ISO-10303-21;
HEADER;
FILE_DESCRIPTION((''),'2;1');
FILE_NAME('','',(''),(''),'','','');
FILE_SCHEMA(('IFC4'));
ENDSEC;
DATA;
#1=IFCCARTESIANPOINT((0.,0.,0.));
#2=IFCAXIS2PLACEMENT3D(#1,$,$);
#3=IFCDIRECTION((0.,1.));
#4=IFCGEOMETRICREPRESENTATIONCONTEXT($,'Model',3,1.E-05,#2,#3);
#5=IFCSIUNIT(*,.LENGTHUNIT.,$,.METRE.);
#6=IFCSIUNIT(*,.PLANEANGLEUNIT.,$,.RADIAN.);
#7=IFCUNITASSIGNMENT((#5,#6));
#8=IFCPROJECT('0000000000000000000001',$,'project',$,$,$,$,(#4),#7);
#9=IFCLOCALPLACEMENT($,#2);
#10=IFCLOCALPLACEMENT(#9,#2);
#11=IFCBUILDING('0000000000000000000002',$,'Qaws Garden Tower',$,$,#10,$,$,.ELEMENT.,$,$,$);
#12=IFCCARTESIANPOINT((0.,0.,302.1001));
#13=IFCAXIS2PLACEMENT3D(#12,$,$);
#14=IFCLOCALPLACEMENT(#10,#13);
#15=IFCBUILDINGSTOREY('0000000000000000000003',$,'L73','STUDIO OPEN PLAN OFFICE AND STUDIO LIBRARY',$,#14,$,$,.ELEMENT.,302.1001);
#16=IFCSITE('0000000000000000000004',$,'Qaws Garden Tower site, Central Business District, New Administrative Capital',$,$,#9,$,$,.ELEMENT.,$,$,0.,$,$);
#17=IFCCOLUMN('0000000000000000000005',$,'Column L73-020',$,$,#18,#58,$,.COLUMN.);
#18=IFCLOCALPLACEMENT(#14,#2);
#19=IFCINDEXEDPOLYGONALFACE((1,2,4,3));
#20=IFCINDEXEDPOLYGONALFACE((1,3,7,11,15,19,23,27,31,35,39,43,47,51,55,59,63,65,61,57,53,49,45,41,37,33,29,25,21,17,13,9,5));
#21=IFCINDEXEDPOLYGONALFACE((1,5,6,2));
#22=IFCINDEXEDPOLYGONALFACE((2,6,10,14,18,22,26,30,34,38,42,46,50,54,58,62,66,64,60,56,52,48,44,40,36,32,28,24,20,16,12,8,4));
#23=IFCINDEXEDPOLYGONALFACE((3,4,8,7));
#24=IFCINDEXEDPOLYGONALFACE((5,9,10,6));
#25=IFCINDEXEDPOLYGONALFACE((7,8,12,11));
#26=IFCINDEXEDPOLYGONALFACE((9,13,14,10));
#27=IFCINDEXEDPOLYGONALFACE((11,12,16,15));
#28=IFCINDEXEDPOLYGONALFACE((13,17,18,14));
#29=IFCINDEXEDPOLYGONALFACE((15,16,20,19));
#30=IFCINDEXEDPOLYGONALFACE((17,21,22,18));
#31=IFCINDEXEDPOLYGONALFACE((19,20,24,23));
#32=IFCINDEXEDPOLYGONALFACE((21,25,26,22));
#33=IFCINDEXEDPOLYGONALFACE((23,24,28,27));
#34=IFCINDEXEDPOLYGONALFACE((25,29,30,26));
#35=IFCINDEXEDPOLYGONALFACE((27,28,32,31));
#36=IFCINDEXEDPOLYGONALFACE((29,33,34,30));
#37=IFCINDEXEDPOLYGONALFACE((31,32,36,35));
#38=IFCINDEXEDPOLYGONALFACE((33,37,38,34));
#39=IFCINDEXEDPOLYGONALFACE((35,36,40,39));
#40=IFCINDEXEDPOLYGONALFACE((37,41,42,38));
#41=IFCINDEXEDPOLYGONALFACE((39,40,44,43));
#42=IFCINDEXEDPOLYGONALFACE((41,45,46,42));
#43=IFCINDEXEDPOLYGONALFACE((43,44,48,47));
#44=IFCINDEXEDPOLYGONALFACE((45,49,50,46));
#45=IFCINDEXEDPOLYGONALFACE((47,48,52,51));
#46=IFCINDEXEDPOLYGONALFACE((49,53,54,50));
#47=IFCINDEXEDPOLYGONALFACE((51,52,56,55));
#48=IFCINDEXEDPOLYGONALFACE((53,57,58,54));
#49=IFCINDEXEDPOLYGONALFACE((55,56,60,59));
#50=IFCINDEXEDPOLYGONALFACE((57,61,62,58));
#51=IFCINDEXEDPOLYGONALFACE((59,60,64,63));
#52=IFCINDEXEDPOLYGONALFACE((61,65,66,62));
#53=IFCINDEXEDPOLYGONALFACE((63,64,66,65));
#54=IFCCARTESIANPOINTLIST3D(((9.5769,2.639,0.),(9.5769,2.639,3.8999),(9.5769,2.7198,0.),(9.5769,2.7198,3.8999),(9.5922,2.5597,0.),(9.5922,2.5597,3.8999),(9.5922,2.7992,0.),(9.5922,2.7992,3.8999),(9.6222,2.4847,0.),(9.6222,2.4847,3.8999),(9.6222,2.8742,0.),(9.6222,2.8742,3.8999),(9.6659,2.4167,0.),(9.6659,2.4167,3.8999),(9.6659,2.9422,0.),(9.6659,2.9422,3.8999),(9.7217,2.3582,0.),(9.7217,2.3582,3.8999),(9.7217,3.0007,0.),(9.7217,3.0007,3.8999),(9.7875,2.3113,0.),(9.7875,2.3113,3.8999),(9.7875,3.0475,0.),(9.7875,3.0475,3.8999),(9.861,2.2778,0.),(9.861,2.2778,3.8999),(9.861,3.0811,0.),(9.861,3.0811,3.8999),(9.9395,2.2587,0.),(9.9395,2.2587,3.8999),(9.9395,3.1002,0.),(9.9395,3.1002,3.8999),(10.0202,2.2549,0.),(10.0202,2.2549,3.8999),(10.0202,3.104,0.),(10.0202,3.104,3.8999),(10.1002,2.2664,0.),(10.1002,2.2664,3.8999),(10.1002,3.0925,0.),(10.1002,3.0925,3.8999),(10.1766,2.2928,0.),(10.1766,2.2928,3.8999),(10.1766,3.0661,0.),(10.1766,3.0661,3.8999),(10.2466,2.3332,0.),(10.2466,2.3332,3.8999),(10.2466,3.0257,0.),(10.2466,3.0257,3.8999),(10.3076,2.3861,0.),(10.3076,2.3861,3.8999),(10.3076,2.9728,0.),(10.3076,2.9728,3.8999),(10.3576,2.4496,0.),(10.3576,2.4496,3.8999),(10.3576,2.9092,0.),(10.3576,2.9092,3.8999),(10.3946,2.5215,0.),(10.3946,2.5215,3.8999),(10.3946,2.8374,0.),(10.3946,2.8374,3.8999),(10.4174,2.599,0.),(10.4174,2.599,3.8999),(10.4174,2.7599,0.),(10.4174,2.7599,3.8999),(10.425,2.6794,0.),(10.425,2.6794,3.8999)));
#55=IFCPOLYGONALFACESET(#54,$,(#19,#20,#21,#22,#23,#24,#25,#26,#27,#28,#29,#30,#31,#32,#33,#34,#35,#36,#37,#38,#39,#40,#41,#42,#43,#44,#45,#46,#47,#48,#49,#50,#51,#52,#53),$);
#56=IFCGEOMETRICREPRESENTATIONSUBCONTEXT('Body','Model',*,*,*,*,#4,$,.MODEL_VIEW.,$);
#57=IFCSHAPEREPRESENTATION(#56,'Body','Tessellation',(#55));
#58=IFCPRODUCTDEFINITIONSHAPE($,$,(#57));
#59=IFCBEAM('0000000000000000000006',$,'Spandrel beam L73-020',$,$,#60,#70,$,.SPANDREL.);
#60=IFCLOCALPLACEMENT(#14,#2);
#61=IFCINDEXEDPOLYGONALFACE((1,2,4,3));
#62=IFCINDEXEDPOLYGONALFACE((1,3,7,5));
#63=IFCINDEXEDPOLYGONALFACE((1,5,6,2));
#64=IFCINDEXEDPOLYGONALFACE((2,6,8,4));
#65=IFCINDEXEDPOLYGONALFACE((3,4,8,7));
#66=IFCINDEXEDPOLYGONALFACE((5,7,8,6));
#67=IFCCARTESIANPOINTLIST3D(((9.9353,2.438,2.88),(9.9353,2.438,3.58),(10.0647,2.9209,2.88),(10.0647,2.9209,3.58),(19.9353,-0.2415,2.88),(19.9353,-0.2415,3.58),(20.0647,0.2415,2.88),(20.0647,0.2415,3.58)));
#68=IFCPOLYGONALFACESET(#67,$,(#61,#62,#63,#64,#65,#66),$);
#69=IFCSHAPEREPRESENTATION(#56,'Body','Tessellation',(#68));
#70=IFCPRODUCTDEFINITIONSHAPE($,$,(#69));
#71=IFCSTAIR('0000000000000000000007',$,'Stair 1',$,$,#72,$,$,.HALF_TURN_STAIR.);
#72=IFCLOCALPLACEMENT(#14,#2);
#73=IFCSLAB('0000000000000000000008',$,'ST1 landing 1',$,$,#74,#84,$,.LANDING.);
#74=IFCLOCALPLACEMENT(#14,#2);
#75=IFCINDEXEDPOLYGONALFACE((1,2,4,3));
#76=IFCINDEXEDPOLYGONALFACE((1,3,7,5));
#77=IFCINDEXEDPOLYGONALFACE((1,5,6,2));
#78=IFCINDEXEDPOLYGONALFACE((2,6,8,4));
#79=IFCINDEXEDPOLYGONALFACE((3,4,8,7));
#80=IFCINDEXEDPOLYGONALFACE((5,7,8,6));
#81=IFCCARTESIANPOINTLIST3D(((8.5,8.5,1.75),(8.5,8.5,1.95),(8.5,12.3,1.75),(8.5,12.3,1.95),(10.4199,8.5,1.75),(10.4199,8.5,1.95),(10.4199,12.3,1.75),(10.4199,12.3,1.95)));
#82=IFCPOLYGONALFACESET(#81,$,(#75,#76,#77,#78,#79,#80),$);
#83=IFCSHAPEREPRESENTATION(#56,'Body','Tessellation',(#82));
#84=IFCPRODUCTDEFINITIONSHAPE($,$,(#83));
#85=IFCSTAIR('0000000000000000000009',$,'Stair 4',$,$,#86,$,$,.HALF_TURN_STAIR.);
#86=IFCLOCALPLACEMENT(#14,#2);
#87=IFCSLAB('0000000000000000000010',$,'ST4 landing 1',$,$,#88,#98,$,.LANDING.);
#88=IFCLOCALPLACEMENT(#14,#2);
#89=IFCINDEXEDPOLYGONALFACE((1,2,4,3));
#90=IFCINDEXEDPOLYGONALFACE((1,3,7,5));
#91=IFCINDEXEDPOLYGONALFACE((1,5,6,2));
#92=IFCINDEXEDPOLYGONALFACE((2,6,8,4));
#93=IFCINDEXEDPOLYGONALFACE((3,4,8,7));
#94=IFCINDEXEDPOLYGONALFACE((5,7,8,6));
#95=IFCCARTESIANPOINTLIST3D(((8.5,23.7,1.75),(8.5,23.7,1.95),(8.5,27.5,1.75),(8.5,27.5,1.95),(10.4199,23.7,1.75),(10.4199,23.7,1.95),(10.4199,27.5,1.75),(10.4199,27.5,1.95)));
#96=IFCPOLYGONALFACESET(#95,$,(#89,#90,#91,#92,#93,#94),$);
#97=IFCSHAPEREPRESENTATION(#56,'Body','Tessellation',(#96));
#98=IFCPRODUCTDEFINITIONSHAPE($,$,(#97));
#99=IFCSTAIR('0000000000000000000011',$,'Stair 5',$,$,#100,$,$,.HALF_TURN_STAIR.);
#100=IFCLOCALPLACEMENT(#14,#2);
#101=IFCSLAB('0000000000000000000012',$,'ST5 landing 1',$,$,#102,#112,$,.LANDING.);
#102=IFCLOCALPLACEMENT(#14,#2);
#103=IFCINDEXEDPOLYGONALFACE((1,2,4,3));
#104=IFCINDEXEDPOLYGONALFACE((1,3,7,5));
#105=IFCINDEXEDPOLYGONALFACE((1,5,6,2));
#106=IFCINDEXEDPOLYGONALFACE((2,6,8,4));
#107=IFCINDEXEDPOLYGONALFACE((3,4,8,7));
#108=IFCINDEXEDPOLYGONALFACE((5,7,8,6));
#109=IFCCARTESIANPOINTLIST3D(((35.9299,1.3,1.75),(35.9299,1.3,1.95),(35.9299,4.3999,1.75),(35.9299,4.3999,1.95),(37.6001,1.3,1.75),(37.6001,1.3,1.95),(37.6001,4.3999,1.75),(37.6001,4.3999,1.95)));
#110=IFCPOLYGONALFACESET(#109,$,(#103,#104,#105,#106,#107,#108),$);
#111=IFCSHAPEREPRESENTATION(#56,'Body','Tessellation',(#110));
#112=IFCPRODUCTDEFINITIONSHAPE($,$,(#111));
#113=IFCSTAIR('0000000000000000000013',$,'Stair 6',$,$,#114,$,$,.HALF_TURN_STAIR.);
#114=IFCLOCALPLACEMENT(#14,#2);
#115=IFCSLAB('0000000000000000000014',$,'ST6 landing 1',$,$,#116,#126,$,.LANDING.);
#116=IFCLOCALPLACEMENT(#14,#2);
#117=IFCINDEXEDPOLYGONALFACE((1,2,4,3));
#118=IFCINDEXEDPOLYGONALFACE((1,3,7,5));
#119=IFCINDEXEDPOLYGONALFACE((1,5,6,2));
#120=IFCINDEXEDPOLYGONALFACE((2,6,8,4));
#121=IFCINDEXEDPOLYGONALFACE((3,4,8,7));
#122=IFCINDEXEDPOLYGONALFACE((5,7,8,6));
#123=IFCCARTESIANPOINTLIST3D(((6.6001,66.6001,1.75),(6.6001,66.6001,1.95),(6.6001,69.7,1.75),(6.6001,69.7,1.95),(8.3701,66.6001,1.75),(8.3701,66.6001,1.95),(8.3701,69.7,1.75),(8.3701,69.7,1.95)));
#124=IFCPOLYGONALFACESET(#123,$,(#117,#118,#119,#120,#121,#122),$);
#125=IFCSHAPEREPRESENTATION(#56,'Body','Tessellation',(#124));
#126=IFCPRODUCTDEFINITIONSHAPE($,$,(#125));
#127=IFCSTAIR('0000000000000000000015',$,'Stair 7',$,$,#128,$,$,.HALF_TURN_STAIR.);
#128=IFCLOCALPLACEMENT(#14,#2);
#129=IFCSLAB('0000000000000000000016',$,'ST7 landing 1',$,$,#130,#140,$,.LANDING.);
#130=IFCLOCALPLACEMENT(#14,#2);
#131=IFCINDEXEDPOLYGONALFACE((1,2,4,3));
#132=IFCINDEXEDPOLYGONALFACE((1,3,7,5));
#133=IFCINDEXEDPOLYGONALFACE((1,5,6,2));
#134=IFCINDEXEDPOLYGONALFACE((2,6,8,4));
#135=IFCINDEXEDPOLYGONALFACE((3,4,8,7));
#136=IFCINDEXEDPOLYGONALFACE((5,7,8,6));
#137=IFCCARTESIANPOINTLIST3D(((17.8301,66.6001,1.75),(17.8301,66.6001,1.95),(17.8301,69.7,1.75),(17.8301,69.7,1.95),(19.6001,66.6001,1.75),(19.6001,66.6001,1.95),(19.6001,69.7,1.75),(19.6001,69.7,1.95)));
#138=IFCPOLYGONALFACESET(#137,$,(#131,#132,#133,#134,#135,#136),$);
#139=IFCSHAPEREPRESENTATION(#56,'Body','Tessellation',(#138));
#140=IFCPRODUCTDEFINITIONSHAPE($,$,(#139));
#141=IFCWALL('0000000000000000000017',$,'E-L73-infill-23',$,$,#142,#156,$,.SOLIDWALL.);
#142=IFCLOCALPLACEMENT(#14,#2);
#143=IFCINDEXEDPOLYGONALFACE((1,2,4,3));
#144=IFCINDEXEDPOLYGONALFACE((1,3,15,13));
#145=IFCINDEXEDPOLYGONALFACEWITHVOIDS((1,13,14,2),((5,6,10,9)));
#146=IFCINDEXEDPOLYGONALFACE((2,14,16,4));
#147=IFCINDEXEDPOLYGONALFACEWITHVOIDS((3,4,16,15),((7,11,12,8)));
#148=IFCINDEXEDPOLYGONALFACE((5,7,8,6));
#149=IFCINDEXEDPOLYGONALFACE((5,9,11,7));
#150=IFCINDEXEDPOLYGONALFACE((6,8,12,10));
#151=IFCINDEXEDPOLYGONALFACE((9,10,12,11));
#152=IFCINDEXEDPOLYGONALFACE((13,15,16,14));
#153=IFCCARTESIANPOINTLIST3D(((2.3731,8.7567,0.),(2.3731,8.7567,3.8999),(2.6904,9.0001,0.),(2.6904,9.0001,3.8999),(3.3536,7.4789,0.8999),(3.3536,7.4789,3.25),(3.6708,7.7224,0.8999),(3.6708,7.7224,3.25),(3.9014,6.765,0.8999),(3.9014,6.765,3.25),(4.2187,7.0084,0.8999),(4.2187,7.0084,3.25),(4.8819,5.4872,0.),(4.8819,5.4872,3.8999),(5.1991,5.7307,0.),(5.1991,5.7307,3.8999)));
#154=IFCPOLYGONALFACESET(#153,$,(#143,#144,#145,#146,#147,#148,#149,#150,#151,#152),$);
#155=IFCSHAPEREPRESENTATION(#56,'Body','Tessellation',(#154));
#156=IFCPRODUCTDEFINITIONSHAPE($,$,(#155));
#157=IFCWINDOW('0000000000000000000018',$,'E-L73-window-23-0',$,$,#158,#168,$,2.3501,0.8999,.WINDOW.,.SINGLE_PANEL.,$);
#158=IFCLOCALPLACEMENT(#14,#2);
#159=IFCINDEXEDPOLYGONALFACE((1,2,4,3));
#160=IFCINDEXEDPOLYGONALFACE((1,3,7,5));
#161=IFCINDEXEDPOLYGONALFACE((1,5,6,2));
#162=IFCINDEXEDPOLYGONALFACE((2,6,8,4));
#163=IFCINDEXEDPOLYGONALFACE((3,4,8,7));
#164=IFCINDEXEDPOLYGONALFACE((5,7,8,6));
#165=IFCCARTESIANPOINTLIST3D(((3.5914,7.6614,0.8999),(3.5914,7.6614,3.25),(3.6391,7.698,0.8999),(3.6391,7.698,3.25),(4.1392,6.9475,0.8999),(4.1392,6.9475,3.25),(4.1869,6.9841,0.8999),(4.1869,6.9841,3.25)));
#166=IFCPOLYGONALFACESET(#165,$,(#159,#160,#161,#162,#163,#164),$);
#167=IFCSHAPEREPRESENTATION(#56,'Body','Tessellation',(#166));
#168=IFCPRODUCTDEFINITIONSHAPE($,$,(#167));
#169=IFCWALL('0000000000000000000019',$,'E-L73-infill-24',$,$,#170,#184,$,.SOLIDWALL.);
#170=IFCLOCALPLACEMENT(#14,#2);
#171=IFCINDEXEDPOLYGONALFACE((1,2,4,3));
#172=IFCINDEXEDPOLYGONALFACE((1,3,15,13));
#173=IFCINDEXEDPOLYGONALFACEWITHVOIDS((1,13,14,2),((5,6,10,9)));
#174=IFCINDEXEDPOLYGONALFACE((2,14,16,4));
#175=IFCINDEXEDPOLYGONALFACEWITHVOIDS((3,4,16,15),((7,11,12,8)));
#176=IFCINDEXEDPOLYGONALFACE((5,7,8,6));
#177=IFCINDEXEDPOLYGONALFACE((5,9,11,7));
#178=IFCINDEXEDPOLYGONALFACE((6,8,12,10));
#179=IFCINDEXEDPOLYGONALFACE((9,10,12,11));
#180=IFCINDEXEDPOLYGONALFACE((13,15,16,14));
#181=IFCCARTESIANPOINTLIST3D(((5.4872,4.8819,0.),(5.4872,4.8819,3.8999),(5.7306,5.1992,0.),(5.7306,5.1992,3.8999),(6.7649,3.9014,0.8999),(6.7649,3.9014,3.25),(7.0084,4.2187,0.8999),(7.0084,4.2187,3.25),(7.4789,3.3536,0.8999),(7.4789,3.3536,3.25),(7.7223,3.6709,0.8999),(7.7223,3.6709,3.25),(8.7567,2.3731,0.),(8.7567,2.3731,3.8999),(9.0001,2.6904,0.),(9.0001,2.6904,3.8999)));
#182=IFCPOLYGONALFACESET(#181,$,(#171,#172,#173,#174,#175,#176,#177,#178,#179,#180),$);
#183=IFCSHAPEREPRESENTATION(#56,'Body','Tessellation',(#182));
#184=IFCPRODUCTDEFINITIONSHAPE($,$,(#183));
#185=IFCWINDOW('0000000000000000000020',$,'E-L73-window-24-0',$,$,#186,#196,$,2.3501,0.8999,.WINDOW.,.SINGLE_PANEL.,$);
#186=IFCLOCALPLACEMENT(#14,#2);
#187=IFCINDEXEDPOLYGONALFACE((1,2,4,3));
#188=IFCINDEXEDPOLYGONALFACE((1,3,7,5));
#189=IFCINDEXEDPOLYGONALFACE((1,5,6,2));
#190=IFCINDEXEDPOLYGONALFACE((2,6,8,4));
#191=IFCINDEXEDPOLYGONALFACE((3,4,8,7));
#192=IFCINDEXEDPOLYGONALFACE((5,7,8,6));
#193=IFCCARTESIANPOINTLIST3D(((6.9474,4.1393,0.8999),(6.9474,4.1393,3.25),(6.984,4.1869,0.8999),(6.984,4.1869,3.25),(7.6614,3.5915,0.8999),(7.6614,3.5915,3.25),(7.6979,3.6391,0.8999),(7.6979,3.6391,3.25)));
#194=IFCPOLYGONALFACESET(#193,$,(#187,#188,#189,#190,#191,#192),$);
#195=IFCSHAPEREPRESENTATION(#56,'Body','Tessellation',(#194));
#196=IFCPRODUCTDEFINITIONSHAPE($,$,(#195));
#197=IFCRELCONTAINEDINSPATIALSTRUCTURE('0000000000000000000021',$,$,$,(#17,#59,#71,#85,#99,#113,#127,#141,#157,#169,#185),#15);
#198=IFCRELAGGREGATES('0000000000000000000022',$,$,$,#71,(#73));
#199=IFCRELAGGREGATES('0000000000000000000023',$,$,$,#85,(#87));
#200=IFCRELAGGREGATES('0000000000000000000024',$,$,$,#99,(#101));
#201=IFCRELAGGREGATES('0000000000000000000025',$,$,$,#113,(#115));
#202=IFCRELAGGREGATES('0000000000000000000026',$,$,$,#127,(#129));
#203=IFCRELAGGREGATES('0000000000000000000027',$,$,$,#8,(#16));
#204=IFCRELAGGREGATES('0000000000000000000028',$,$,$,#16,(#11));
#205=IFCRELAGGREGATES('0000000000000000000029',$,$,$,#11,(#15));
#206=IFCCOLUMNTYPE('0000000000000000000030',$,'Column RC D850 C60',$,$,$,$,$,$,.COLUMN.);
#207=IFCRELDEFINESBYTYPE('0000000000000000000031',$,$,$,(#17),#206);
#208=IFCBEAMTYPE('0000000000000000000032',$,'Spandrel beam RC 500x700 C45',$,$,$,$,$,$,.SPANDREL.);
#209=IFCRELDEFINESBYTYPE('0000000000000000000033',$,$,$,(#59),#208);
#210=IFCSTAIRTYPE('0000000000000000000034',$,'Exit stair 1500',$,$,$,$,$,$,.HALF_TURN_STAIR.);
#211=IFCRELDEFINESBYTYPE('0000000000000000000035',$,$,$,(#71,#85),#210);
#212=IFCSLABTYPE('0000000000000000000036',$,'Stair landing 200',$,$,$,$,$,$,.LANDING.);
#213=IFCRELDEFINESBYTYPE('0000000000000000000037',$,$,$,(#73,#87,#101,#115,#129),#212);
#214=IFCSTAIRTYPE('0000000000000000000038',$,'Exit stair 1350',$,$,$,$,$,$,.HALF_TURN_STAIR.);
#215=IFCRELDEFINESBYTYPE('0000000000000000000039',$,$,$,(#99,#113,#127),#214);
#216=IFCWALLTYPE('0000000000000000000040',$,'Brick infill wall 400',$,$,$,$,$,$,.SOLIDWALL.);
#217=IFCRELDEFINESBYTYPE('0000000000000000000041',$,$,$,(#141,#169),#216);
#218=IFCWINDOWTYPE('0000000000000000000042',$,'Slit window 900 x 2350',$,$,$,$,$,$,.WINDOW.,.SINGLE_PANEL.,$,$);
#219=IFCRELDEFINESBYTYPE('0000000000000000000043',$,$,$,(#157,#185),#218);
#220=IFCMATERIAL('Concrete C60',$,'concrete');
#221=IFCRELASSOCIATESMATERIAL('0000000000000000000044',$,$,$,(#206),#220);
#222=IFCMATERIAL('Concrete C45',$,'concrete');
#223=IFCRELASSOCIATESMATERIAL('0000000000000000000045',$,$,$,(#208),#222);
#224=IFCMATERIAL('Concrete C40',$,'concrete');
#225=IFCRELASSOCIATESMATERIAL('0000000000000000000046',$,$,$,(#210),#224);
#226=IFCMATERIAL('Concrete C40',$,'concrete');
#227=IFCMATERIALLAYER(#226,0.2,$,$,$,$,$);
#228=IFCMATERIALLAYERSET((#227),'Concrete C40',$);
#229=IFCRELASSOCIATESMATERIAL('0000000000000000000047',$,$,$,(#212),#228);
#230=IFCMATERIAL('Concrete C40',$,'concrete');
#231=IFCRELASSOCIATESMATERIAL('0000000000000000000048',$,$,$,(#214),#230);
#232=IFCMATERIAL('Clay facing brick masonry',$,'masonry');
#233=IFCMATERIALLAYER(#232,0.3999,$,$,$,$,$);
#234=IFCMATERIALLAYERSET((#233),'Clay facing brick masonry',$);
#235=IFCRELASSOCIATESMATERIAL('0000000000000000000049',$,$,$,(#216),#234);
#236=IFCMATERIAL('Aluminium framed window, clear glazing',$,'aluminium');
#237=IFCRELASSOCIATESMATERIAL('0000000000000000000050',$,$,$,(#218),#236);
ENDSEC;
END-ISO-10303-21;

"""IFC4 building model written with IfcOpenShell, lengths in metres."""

from ifc_helpers import new_model, si_unit, direction, frame, frame_2d, origin, origin_2d, place, context, subcontext, project, spatial, polyline, rectangle, circle, outline, extrude, material, layer, layer_set, material_profile, profile_set, type_object, element, fill, aggregate, save


model = new_model("IFC4")

# Units and contexts
model_context = context("Model", 3, precision=1e-05, world=origin(), true_north=direction((0.0, 1.0)))
body_context = subcontext(model_context, "Body", "Model", "MODEL_VIEW")
ifc_project = project(units=[si_unit("LENGTHUNIT", "METRE"), si_unit("PLANEANGLEUNIT", "RADIAN")], contexts=[model_context])

# Site, building, storey
site_placement = place(None, origin())
site = spatial("IfcSite", under=ifc_project, at=site_placement, Name="Qaws Garden Tower site, Central Business District, New Administrative Capital", CompositionType="ELEMENT", RefElevation=0.0)
building_placement = place(site_placement, origin())
building = spatial("IfcBuilding", under=site, at=building_placement, Name="Qaws Garden Tower", CompositionType="ELEMENT")
storey_placement = place(building_placement, frame((0.0, 0.0, 302.1001)))
storey = spatial("IfcBuildingStorey", under=building, at=storey_placement, Name="L73", Description="STUDIO OPEN PLAN OFFICE AND STUDIO LIBRARY", CompositionType="ELEMENT", Elevation=302.1001)

# Column
ifc_material_1 = material(Name="Concrete C60", Category="concrete")
ifc_material_profile_1 = material_profile(ifc_material_1, circle(Radius=0.425, at=origin_2d()), Name="RC D850")
ifc_profile_set_1 = profile_set([ifc_material_profile_1], Name="Concrete C60")
column_type = type_object("IfcColumnType", Name="Column RC D850 C60", PredefinedType="COLUMN", material=ifc_profile_set_1)
column_placement = place(storey_placement, frame((10.0, 2.6794, 0.0), z_axis=(0.0, 0.0, 1.0), x_axis=(1.0, 0.0, 0.0)))
element("IfcColumn", 1, at=column_placement, inside=storey, type_object=column_type, Name="Column L73-020", PredefinedType="COLUMN", context=body_context, shape_type="SweptSolid", body=[
    extrude(circle(Radius=0.425, at=origin_2d()), origin(), (0.0, 0.0, 1.0), 3.8999),
])

# Beam
ifc_material_2 = material(Name="Concrete C45", Category="concrete")
ifc_material_profile_2 = material_profile(ifc_material_2, rectangle(XDim=0.5, YDim=0.7, at=origin_2d()), Name="RC 500x700")
ifc_profile_set_2 = profile_set([ifc_material_profile_2], Name="Concrete C45")
beam_type = type_object("IfcBeamType", Name="Spandrel beam RC 500x700 C45", PredefinedType="SPANDREL", material=ifc_profile_set_2)
beam_placement = place(storey_placement, frame((10.0, 2.6794, 3.23), z_axis=(0.965927, -0.258815, 0.0), x_axis=(0.258815, 0.965927, 0.0)))
element("IfcBeam", 2, at=beam_placement, inside=storey, type_object=beam_type, Name="Spandrel beam L73-020", PredefinedType="SPANDREL", context=body_context, shape_type="SweptSolid", body=[
    extrude(rectangle(XDim=0.5, YDim=0.7, at=origin_2d()), origin(), (0.0, 0.0, 1.0), 10.3528),
])

# Stairs, slabs
ifc_material_3 = material(Name="Concrete C40", Category="concrete")
stair_type_1 = type_object("IfcStairType", Name="Exit stair 1500", PredefinedType="HALF_TURN_STAIR", material=ifc_material_3)
placement_1 = place(storey_placement, origin())
stair_1 = element("IfcStair", 3, at=placement_1, inside=storey, type_object=stair_type_1, Name="Stair 1", PredefinedType="HALF_TURN_STAIR")
ifc_material_4 = material(Name="Concrete C40", Category="concrete")
ifc_layer_1 = layer(ifc_material_4, 0.2)
ifc_layer_set_1 = layer_set([ifc_layer_1], Name="Concrete C40")
slab_type = type_object("IfcSlabType", Name="Stair landing 200", PredefinedType="LANDING", material=ifc_layer_set_1)
placement_2 = place(storey_placement, frame((0.0, 0.0, 1.75)))
slab_1 = element("IfcSlab", 4, at=placement_2, type_object=slab_type, Name="ST1 landing 1", PredefinedType="LANDING", context=body_context, shape_type="SweptSolid", body=[
    extrude(outline(polyline([(8.5, 8.5), (10.4199, 8.5), (10.4199, 12.3), (8.5, 12.3), (8.5, 8.5)])), origin(), (0.0, 0.0, 1.0), 0.2),
])
aggregate(stair_1, [slab_1])
stair_2 = element("IfcStair", 5, at=placement_1, inside=storey, type_object=stair_type_1, Name="Stair 4", PredefinedType="HALF_TURN_STAIR")
slab_2 = element("IfcSlab", 6, at=placement_2, type_object=slab_type, Name="ST4 landing 1", PredefinedType="LANDING", context=body_context, shape_type="SweptSolid", body=[
    extrude(outline(polyline([(8.5, 23.7), (10.4199, 23.7), (10.4199, 27.5), (8.5, 27.5), (8.5, 23.7)])), origin(), (0.0, 0.0, 1.0), 0.2),
])
aggregate(stair_2, [slab_2])
ifc_material_5 = material(Name="Concrete C40", Category="concrete")
stair_type_2 = type_object("IfcStairType", Name="Exit stair 1350", PredefinedType="HALF_TURN_STAIR", material=ifc_material_5)
stair_3 = element("IfcStair", 7, at=placement_1, inside=storey, type_object=stair_type_2, Name="Stair 5", PredefinedType="HALF_TURN_STAIR")
slab_3 = element("IfcSlab", 8, at=placement_2, type_object=slab_type, Name="ST5 landing 1", PredefinedType="LANDING", context=body_context, shape_type="SweptSolid", body=[
    extrude(outline(polyline([(35.9299, 1.3), (37.6001, 1.3), (37.6001, 4.3999), (35.9299, 4.3999), (35.9299, 1.3)])), origin(), (0.0, 0.0, 1.0), 0.2),
])
aggregate(stair_3, [slab_3])
stair_4 = element("IfcStair", 9, at=placement_1, inside=storey, type_object=stair_type_2, Name="Stair 6", PredefinedType="HALF_TURN_STAIR")
slab_4 = element("IfcSlab", 10, at=placement_2, type_object=slab_type, Name="ST6 landing 1", PredefinedType="LANDING", context=body_context, shape_type="SweptSolid", body=[
    extrude(outline(polyline([(6.6001, 66.6001), (8.3701, 66.6001), (8.3701, 69.7), (6.6001, 69.7), (6.6001, 66.6001)])), origin(), (0.0, 0.0, 1.0), 0.2),
])
aggregate(stair_4, [slab_4])
stair_5 = element("IfcStair", 11, at=placement_1, inside=storey, type_object=stair_type_2, Name="Stair 7", PredefinedType="HALF_TURN_STAIR")
slab_5 = element("IfcSlab", 12, at=placement_2, type_object=slab_type, Name="ST7 landing 1", PredefinedType="LANDING", context=body_context, shape_type="SweptSolid", body=[
    extrude(outline(polyline([(17.8301, 66.6001), (19.6001, 66.6001), (19.6001, 69.7), (17.8301, 69.7), (17.8301, 66.6001)])), origin(), (0.0, 0.0, 1.0), 0.2),
])
aggregate(stair_5, [slab_5])

# Walls, openings, windows
ifc_material_6 = material(Name="Clay facing brick masonry", Category="masonry")
ifc_layer_2 = layer(ifc_material_6, 0.3999)
ifc_layer_set_2 = layer_set([ifc_layer_2], Name="Clay facing brick masonry")
wall_type_1 = type_object("IfcWallType", Name="Brick infill wall 400", PredefinedType="SOLIDWALL", material=ifc_layer_set_2)
wall_1_placement = place(storey_placement, frame((2.5317, 8.8784, 0.0), z_axis=(0.0, 0.0, 1.0), x_axis=(0.60876, -0.793355, 0.0)))
wall_1 = element("IfcWall", 13, at=wall_1_placement, inside=storey, type_object=wall_type_1, Name="E-L73-infill-23", PredefinedType="SOLIDWALL", context=body_context, shape_type="SweptSolid", body=[
    extrude(rectangle(XDim=4.1211, YDim=0.3999, at=frame_2d((2.0605, 0.0))), origin(), (0.0, 0.0, 1.0), 3.8999),
])
opening_1_placement = place(wall_1_placement, frame((1.6106, 0.0, 0.8999)))
opening_1 = element("IfcOpeningElement", 14, at=opening_1_placement, cuts=wall_1, PredefinedType="OPENING", context=body_context, shape_type="SweptSolid", body=[
    extrude(rectangle(XDim=0.8999, YDim=2.3501, at=frame_2d((0.45, 1.175))), frame((0.0, 0.21, 0.0), z_axis=(0.0, -1.0, 0.0), x_axis=(1.0, 0.0, 0.0)), (0.0, 0.0, 1.0), 0.4199),
])
ifc_material_7 = material(Name="Aluminium framed window, clear glazing", Category="aluminium")
window_type = type_object("IfcWindowType", Name="Slit window 900 x 2350", PartitioningType="SINGLE_PANEL", PredefinedType="WINDOW", material=ifc_material_7)
window_1_placement = place(opening_1_placement, origin())
window_1 = element("IfcWindow", 15, at=window_1_placement, inside=storey, type_object=window_type, Name="E-L73-window-23-0", OverallHeight=2.3501, OverallWidth=0.8999, PartitioningType="SINGLE_PANEL", PredefinedType="WINDOW", context=body_context, shape_type="SweptSolid", body=[
    extrude(rectangle(XDim=0.8999, YDim=2.3501, at=frame_2d((0.45, 1.175))), frame((0.0, 0.1599, 0.0), z_axis=(0.0, -1.0, 0.0), x_axis=(1.0, 0.0, 0.0)), (0.0, 0.0, 1.0), 0.0601),
])
fill(opening_1, window_1)
wall_2_placement = place(storey_placement, frame((5.6089, 5.0405, 0.0), z_axis=(0.0, 0.0, 1.0), x_axis=(0.793355, -0.60876, 0.0)))
wall_2 = element("IfcWall", 16, at=wall_2_placement, inside=storey, type_object=wall_type_1, Name="E-L73-infill-24", PredefinedType="SOLIDWALL", context=body_context, shape_type="SweptSolid", body=[
    extrude(rectangle(XDim=4.1211, YDim=0.3999, at=frame_2d((2.0605, 0.0))), origin(), (0.0, 0.0, 1.0), 3.8999),
])
opening_2_placement = place(wall_2_placement, frame((1.6106, 0.0, 0.8999)))
opening_2 = element("IfcOpeningElement", 17, at=opening_2_placement, cuts=wall_2, PredefinedType="OPENING", context=body_context, shape_type="SweptSolid", body=[
    extrude(rectangle(XDim=0.8999, YDim=2.3501, at=frame_2d((0.45, 1.175))), frame((0.0, 0.21, 0.0), z_axis=(0.0, -1.0, 0.0), x_axis=(1.0, 0.0, 0.0)), (0.0, 0.0, 1.0), 0.4199),
])
window_2_placement = place(opening_2_placement, origin())
window_2 = element("IfcWindow", 18, at=window_2_placement, inside=storey, type_object=window_type, Name="E-L73-window-24-0", OverallHeight=2.3501, OverallWidth=0.8999, PartitioningType="SINGLE_PANEL", PredefinedType="WINDOW", context=body_context, shape_type="SweptSolid", body=[
    extrude(rectangle(XDim=0.8999, YDim=2.3501, at=frame_2d((0.45, 1.175))), frame((0.0, 0.1599, 0.0), z_axis=(0.0, -1.0, 0.0), x_axis=(1.0, 0.0, 0.0)), (0.0, 0.0, 1.0), 0.0601),
])
fill(opening_2, window_2)

save(model, "model.ifc")
